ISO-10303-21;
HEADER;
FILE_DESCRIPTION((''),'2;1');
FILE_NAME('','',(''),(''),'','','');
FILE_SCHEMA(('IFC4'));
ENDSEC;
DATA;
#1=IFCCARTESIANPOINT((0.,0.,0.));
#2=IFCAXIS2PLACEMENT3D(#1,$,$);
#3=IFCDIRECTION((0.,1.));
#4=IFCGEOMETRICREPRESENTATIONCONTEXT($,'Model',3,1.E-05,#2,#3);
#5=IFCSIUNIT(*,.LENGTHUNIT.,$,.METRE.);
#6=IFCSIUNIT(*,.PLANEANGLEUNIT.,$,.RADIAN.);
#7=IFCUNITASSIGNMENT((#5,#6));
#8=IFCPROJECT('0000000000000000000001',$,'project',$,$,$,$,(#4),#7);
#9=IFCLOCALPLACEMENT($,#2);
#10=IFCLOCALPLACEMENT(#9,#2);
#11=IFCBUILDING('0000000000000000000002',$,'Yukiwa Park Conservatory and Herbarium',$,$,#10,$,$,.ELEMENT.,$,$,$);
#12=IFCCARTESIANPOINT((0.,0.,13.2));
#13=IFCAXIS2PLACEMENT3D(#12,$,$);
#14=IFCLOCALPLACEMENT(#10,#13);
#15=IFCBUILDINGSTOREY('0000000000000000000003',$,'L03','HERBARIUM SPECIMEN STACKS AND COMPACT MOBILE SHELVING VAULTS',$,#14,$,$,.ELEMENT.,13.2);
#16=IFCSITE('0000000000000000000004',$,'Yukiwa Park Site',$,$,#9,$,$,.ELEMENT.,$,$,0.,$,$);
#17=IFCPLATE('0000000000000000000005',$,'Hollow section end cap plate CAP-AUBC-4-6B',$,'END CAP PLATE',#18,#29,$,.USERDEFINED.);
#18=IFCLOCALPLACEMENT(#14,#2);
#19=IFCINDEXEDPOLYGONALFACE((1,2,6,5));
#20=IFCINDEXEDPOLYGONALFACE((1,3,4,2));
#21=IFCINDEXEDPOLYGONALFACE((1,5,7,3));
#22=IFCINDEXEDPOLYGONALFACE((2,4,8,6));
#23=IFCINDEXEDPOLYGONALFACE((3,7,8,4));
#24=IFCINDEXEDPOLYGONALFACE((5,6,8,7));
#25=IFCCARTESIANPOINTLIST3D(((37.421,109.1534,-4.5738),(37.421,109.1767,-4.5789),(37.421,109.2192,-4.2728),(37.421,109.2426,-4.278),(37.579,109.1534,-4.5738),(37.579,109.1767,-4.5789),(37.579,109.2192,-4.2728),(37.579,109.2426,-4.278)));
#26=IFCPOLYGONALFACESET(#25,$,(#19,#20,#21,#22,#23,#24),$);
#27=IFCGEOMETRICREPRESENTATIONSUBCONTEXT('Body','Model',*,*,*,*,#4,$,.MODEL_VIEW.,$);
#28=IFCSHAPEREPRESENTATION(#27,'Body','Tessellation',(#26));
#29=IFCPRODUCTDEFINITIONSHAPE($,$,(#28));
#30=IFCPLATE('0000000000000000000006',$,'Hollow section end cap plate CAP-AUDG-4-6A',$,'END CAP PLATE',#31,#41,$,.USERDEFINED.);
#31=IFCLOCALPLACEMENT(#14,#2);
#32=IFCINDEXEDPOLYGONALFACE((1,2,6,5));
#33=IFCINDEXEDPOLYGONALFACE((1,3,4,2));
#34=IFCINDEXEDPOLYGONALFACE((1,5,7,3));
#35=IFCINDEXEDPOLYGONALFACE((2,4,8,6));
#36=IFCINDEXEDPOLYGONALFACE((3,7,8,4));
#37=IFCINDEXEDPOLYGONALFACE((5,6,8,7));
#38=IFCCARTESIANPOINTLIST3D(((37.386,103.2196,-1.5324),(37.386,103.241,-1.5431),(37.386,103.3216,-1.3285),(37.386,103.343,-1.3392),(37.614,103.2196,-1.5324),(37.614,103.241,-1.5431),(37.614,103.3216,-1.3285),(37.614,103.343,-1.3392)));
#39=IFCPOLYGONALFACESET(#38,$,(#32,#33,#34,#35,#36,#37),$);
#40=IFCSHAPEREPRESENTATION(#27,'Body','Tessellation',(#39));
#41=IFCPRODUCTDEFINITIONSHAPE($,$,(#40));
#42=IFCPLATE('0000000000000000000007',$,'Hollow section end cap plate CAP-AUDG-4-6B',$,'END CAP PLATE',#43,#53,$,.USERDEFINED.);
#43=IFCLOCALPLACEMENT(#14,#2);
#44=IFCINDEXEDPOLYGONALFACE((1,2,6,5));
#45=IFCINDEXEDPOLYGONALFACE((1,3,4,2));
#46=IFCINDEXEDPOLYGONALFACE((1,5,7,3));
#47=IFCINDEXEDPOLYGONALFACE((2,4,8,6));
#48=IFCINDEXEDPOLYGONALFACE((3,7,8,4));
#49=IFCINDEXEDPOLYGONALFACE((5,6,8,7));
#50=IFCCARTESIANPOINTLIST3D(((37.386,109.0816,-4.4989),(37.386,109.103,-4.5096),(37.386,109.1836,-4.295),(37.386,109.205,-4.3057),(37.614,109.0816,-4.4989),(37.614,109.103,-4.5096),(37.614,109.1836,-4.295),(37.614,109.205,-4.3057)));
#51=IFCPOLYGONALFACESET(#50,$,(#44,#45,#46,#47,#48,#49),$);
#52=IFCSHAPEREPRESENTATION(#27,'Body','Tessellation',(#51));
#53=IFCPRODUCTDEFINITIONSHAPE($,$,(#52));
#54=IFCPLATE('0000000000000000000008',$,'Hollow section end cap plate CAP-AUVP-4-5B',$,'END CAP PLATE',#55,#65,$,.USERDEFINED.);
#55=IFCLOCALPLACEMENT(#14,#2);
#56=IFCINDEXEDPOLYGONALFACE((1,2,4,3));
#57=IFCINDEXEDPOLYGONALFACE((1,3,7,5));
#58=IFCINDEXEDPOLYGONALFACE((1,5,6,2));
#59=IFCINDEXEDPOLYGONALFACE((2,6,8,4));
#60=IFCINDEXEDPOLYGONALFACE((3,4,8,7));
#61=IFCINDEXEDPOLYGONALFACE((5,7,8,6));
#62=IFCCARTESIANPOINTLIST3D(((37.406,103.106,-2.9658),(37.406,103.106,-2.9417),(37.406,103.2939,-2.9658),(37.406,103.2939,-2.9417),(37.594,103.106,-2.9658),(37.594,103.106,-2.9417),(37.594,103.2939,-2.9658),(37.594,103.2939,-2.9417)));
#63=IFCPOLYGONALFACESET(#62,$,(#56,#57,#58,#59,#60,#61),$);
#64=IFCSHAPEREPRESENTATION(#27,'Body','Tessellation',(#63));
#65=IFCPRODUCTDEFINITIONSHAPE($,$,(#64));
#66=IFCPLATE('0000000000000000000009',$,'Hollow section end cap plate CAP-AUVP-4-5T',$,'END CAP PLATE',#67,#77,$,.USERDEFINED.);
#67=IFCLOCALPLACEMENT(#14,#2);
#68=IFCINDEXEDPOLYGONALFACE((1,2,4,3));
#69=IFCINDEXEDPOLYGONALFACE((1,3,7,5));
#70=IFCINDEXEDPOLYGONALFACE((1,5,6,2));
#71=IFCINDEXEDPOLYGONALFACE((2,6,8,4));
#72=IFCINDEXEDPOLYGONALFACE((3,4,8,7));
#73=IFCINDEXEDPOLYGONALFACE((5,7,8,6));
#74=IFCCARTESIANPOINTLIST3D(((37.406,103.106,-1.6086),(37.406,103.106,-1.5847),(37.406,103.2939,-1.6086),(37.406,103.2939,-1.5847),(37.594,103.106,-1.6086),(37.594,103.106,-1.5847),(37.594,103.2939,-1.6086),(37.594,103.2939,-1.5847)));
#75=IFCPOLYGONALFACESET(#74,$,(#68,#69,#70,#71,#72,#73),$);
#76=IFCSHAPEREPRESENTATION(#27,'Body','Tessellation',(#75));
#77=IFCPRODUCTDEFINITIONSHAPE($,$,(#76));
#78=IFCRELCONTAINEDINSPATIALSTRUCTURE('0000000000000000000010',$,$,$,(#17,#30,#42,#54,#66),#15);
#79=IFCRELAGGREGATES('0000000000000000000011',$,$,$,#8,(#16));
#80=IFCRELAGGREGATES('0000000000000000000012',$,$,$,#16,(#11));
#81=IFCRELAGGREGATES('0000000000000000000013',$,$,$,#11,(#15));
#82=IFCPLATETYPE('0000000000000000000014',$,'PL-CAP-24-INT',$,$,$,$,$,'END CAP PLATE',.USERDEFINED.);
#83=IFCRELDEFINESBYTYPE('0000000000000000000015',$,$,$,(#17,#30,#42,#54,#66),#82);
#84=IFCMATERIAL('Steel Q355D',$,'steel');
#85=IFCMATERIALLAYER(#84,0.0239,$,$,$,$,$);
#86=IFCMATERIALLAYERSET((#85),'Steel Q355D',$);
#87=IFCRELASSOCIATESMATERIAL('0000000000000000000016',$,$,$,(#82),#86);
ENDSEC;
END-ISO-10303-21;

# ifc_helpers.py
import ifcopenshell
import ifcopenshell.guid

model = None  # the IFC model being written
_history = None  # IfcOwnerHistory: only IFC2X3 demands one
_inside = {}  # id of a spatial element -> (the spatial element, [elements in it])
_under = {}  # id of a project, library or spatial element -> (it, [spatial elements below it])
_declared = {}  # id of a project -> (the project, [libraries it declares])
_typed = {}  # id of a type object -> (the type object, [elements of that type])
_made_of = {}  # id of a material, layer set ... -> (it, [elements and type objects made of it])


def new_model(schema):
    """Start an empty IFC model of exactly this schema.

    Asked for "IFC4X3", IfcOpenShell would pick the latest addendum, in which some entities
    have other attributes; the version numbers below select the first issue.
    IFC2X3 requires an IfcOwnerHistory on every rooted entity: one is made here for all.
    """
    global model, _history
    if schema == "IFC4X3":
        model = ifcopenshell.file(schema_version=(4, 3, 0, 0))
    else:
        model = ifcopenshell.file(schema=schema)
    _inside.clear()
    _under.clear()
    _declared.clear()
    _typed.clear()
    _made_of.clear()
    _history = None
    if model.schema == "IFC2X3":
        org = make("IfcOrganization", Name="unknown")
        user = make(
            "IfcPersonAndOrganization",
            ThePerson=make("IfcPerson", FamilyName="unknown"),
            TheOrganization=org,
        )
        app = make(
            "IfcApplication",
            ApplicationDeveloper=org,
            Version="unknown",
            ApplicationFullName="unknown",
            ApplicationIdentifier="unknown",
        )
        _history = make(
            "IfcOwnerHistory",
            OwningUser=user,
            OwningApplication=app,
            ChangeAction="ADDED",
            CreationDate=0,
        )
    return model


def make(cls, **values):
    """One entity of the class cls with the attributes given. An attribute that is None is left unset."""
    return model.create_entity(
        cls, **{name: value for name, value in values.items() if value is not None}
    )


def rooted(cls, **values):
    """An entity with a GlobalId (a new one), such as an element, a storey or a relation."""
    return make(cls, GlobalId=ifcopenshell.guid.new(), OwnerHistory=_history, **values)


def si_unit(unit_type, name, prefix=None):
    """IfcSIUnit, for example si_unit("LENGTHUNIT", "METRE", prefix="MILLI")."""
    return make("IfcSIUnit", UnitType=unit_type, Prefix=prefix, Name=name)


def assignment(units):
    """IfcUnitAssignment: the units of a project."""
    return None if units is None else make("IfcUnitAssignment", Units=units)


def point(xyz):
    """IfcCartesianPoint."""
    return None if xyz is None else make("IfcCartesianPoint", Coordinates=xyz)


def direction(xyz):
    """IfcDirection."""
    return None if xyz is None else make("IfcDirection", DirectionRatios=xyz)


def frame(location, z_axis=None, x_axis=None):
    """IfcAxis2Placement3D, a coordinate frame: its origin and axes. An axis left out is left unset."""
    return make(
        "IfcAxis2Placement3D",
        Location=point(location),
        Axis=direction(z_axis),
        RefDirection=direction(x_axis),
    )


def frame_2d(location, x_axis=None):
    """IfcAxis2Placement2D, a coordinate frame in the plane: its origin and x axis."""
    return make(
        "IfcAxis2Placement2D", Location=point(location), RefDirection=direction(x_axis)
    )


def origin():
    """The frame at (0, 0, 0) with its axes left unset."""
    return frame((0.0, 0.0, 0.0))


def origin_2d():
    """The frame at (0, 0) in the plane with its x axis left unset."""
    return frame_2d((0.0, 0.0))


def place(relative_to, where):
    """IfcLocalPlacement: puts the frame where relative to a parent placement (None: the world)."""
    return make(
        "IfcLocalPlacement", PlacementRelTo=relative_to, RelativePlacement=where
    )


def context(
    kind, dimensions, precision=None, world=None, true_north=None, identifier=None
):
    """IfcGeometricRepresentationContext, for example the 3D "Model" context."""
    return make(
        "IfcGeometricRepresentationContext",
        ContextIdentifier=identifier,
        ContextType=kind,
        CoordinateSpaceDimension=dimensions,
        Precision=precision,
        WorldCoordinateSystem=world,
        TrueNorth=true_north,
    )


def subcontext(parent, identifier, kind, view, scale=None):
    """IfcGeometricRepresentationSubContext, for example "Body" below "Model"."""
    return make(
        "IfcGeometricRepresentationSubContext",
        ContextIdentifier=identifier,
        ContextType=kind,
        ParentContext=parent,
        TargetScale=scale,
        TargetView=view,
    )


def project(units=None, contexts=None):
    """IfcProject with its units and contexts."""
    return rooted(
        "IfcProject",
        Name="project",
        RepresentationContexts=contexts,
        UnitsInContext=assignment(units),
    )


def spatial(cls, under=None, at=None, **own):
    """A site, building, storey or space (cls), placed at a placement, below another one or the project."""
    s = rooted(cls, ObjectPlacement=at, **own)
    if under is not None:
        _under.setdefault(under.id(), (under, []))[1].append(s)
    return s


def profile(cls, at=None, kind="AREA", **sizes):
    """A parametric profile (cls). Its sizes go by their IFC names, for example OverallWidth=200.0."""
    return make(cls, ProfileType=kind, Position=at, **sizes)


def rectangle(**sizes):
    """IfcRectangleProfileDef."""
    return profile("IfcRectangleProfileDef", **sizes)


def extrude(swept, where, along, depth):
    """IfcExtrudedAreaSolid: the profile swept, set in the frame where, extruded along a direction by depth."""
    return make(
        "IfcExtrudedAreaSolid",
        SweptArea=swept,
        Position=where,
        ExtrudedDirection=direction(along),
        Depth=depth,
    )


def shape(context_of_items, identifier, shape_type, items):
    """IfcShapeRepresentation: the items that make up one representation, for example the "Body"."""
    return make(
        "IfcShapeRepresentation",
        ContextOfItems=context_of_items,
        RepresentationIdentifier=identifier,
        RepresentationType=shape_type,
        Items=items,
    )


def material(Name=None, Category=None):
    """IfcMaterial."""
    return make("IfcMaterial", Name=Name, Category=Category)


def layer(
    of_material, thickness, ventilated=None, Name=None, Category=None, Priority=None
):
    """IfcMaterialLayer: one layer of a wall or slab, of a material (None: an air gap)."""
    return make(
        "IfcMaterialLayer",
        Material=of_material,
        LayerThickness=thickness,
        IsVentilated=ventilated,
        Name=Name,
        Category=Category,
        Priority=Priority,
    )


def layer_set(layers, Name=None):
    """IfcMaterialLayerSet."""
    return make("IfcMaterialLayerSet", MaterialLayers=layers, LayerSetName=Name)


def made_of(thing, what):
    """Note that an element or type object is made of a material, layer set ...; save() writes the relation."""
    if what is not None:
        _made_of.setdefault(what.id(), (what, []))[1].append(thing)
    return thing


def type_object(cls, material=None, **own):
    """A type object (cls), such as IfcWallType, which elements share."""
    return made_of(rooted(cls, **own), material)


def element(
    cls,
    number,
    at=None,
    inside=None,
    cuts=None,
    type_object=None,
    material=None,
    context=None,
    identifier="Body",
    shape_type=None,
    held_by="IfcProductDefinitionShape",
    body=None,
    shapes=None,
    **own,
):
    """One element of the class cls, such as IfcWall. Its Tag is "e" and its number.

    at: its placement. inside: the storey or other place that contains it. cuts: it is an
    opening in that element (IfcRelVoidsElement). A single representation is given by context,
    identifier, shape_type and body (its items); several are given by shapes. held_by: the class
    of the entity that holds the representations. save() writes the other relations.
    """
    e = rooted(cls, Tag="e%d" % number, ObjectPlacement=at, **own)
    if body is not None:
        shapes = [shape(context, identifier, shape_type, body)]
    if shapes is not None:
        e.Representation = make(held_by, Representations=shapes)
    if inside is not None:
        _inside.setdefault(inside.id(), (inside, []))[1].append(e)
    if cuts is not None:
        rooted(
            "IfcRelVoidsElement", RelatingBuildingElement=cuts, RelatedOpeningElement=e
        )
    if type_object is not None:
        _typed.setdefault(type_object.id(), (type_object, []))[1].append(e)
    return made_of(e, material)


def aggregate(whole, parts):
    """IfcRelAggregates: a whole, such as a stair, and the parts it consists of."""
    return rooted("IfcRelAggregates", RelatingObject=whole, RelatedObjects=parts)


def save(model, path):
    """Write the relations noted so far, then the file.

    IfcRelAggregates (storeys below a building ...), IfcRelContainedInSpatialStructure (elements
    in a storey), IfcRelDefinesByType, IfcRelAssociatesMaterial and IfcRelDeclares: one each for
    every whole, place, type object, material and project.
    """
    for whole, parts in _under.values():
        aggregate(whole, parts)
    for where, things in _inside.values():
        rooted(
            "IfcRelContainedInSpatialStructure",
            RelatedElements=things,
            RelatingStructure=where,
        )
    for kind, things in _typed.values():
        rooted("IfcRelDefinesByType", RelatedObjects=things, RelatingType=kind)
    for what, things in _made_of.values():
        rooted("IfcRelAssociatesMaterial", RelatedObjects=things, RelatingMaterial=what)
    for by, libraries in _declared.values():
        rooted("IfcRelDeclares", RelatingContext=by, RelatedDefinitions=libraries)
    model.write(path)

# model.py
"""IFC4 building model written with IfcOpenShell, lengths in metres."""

from ifc_helpers import new_model, si_unit, direction, frame, origin, origin_2d, place, context, subcontext, project, spatial, rectangle, extrude, material, layer, layer_set, type_object, element, save


model = new_model("IFC4")

# Units and contexts
model_context = context("Model", 3, precision=1e-05, world=origin(), true_north=direction((0.0, 1.0)))
body_context = subcontext(model_context, "Body", "Model", "MODEL_VIEW")
ifc_project = project(units=[si_unit("LENGTHUNIT", "METRE"), si_unit("PLANEANGLEUNIT", "RADIAN")], contexts=[model_context])

# Site, building, storey
site_placement = place(None, origin())
site = spatial("IfcSite", under=ifc_project, at=site_placement, Name="Yukiwa Park Site", CompositionType="ELEMENT", RefElevation=0.0)
building_placement = place(site_placement, origin())
building = spatial("IfcBuilding", under=site, at=building_placement, Name="Yukiwa Park Conservatory and Herbarium", CompositionType="ELEMENT")
storey_placement = place(building_placement, frame((0.0, 0.0, 13.2)))
storey = spatial("IfcBuildingStorey", under=building, at=storey_placement, Name="L03", Description="HERBARIUM SPECIMEN STACKS AND COMPACT MOBILE SHELVING VAULTS", CompositionType="ELEMENT", Elevation=13.2)

# Plates
ifc_material_1 = material(Name="Steel Q355D", Category="steel")
ifc_layer = layer(ifc_material_1, 0.0239)
ifc_layer_set = layer_set([ifc_layer], Name="Steel Q355D")
plate_type = type_object("IfcPlateType", Name="PL-CAP-24-INT", ElementType="END CAP PLATE", PredefinedType="USERDEFINED", material=ifc_layer_set)
plate_1_placement = place(storey_placement, frame((37.5, 109.1863, -4.4233), z_axis=(0.0, 0.9769, -0.213697), x_axis=(-1.0, 0.0, 0.0)))
element("IfcPlate", 1, at=plate_1_placement, inside=storey, type_object=plate_type, Name="Hollow section end cap plate CAP-AUBC-4-6B", ObjectType="END CAP PLATE", PredefinedType="USERDEFINED", context=body_context, shape_type="SweptSolid", body=[
    extrude(rectangle(XDim=0.158, YDim=0.3081, at=origin_2d()), origin(), (0.0, 0.0, 1.0), 0.0239),
])
for number, where, z_axis, x_axis, name in (
    (2, (37.5, 103.292, -1.4412), (0.0, -0.894427, 0.447214), (1.0, 0.0, 0.0), "Hollow section end cap plate CAP-AUDG-4-6A"),
    (3, (37.5, 109.1326, -4.397), (0.0, 0.894427, -0.447214), (-1.0, 0.0, 0.0), "Hollow section end cap plate CAP-AUDG-4-6B"),
):
    element("IfcPlate", number, at=place(storey_placement, frame(where, z_axis=z_axis, x_axis=x_axis)), inside=storey, type_object=plate_type, Name=name, ObjectType="END CAP PLATE", PredefinedType="USERDEFINED", context=body_context, shape_type="SweptSolid", body=[
        extrude(rectangle(XDim=0.228, YDim=0.228, at=origin_2d()), origin(), (0.0, 0.0, 1.0), 0.0239),
    ])
plate_2_placement = place(storey_placement, frame((37.5, 103.2, -2.9417), z_axis=(0.0, 0.0, -1.0), x_axis=(1.0, 0.0, 0.0)))
element("IfcPlate", 4, at=plate_2_placement, inside=storey, type_object=plate_type, Name="Hollow section end cap plate CAP-AUVP-4-5B", ObjectType="END CAP PLATE", PredefinedType="USERDEFINED", context=body_context, shape_type="SweptSolid", body=[
    extrude(rectangle(XDim=0.188, YDim=0.188, at=origin_2d()), origin(), (0.0, 0.0, 1.0), 0.0242),
])
plate_3_placement = place(storey_placement, frame((37.5, 103.2, -1.6086), z_axis=(0.0, 0.0, 1.0), x_axis=(1.0, 0.0, 0.0)))
element("IfcPlate", 5, at=plate_3_placement, inside=storey, type_object=plate_type, Name="Hollow section end cap plate CAP-AUVP-4-5T", ObjectType="END CAP PLATE", PredefinedType="USERDEFINED", context=body_context, shape_type="SweptSolid", body=[
    extrude(rectangle(XDim=0.188, YDim=0.188, at=origin_2d()), origin(), (0.0, 0.0, 1.0), 0.0239),
])

save(model, "model.ifc")
